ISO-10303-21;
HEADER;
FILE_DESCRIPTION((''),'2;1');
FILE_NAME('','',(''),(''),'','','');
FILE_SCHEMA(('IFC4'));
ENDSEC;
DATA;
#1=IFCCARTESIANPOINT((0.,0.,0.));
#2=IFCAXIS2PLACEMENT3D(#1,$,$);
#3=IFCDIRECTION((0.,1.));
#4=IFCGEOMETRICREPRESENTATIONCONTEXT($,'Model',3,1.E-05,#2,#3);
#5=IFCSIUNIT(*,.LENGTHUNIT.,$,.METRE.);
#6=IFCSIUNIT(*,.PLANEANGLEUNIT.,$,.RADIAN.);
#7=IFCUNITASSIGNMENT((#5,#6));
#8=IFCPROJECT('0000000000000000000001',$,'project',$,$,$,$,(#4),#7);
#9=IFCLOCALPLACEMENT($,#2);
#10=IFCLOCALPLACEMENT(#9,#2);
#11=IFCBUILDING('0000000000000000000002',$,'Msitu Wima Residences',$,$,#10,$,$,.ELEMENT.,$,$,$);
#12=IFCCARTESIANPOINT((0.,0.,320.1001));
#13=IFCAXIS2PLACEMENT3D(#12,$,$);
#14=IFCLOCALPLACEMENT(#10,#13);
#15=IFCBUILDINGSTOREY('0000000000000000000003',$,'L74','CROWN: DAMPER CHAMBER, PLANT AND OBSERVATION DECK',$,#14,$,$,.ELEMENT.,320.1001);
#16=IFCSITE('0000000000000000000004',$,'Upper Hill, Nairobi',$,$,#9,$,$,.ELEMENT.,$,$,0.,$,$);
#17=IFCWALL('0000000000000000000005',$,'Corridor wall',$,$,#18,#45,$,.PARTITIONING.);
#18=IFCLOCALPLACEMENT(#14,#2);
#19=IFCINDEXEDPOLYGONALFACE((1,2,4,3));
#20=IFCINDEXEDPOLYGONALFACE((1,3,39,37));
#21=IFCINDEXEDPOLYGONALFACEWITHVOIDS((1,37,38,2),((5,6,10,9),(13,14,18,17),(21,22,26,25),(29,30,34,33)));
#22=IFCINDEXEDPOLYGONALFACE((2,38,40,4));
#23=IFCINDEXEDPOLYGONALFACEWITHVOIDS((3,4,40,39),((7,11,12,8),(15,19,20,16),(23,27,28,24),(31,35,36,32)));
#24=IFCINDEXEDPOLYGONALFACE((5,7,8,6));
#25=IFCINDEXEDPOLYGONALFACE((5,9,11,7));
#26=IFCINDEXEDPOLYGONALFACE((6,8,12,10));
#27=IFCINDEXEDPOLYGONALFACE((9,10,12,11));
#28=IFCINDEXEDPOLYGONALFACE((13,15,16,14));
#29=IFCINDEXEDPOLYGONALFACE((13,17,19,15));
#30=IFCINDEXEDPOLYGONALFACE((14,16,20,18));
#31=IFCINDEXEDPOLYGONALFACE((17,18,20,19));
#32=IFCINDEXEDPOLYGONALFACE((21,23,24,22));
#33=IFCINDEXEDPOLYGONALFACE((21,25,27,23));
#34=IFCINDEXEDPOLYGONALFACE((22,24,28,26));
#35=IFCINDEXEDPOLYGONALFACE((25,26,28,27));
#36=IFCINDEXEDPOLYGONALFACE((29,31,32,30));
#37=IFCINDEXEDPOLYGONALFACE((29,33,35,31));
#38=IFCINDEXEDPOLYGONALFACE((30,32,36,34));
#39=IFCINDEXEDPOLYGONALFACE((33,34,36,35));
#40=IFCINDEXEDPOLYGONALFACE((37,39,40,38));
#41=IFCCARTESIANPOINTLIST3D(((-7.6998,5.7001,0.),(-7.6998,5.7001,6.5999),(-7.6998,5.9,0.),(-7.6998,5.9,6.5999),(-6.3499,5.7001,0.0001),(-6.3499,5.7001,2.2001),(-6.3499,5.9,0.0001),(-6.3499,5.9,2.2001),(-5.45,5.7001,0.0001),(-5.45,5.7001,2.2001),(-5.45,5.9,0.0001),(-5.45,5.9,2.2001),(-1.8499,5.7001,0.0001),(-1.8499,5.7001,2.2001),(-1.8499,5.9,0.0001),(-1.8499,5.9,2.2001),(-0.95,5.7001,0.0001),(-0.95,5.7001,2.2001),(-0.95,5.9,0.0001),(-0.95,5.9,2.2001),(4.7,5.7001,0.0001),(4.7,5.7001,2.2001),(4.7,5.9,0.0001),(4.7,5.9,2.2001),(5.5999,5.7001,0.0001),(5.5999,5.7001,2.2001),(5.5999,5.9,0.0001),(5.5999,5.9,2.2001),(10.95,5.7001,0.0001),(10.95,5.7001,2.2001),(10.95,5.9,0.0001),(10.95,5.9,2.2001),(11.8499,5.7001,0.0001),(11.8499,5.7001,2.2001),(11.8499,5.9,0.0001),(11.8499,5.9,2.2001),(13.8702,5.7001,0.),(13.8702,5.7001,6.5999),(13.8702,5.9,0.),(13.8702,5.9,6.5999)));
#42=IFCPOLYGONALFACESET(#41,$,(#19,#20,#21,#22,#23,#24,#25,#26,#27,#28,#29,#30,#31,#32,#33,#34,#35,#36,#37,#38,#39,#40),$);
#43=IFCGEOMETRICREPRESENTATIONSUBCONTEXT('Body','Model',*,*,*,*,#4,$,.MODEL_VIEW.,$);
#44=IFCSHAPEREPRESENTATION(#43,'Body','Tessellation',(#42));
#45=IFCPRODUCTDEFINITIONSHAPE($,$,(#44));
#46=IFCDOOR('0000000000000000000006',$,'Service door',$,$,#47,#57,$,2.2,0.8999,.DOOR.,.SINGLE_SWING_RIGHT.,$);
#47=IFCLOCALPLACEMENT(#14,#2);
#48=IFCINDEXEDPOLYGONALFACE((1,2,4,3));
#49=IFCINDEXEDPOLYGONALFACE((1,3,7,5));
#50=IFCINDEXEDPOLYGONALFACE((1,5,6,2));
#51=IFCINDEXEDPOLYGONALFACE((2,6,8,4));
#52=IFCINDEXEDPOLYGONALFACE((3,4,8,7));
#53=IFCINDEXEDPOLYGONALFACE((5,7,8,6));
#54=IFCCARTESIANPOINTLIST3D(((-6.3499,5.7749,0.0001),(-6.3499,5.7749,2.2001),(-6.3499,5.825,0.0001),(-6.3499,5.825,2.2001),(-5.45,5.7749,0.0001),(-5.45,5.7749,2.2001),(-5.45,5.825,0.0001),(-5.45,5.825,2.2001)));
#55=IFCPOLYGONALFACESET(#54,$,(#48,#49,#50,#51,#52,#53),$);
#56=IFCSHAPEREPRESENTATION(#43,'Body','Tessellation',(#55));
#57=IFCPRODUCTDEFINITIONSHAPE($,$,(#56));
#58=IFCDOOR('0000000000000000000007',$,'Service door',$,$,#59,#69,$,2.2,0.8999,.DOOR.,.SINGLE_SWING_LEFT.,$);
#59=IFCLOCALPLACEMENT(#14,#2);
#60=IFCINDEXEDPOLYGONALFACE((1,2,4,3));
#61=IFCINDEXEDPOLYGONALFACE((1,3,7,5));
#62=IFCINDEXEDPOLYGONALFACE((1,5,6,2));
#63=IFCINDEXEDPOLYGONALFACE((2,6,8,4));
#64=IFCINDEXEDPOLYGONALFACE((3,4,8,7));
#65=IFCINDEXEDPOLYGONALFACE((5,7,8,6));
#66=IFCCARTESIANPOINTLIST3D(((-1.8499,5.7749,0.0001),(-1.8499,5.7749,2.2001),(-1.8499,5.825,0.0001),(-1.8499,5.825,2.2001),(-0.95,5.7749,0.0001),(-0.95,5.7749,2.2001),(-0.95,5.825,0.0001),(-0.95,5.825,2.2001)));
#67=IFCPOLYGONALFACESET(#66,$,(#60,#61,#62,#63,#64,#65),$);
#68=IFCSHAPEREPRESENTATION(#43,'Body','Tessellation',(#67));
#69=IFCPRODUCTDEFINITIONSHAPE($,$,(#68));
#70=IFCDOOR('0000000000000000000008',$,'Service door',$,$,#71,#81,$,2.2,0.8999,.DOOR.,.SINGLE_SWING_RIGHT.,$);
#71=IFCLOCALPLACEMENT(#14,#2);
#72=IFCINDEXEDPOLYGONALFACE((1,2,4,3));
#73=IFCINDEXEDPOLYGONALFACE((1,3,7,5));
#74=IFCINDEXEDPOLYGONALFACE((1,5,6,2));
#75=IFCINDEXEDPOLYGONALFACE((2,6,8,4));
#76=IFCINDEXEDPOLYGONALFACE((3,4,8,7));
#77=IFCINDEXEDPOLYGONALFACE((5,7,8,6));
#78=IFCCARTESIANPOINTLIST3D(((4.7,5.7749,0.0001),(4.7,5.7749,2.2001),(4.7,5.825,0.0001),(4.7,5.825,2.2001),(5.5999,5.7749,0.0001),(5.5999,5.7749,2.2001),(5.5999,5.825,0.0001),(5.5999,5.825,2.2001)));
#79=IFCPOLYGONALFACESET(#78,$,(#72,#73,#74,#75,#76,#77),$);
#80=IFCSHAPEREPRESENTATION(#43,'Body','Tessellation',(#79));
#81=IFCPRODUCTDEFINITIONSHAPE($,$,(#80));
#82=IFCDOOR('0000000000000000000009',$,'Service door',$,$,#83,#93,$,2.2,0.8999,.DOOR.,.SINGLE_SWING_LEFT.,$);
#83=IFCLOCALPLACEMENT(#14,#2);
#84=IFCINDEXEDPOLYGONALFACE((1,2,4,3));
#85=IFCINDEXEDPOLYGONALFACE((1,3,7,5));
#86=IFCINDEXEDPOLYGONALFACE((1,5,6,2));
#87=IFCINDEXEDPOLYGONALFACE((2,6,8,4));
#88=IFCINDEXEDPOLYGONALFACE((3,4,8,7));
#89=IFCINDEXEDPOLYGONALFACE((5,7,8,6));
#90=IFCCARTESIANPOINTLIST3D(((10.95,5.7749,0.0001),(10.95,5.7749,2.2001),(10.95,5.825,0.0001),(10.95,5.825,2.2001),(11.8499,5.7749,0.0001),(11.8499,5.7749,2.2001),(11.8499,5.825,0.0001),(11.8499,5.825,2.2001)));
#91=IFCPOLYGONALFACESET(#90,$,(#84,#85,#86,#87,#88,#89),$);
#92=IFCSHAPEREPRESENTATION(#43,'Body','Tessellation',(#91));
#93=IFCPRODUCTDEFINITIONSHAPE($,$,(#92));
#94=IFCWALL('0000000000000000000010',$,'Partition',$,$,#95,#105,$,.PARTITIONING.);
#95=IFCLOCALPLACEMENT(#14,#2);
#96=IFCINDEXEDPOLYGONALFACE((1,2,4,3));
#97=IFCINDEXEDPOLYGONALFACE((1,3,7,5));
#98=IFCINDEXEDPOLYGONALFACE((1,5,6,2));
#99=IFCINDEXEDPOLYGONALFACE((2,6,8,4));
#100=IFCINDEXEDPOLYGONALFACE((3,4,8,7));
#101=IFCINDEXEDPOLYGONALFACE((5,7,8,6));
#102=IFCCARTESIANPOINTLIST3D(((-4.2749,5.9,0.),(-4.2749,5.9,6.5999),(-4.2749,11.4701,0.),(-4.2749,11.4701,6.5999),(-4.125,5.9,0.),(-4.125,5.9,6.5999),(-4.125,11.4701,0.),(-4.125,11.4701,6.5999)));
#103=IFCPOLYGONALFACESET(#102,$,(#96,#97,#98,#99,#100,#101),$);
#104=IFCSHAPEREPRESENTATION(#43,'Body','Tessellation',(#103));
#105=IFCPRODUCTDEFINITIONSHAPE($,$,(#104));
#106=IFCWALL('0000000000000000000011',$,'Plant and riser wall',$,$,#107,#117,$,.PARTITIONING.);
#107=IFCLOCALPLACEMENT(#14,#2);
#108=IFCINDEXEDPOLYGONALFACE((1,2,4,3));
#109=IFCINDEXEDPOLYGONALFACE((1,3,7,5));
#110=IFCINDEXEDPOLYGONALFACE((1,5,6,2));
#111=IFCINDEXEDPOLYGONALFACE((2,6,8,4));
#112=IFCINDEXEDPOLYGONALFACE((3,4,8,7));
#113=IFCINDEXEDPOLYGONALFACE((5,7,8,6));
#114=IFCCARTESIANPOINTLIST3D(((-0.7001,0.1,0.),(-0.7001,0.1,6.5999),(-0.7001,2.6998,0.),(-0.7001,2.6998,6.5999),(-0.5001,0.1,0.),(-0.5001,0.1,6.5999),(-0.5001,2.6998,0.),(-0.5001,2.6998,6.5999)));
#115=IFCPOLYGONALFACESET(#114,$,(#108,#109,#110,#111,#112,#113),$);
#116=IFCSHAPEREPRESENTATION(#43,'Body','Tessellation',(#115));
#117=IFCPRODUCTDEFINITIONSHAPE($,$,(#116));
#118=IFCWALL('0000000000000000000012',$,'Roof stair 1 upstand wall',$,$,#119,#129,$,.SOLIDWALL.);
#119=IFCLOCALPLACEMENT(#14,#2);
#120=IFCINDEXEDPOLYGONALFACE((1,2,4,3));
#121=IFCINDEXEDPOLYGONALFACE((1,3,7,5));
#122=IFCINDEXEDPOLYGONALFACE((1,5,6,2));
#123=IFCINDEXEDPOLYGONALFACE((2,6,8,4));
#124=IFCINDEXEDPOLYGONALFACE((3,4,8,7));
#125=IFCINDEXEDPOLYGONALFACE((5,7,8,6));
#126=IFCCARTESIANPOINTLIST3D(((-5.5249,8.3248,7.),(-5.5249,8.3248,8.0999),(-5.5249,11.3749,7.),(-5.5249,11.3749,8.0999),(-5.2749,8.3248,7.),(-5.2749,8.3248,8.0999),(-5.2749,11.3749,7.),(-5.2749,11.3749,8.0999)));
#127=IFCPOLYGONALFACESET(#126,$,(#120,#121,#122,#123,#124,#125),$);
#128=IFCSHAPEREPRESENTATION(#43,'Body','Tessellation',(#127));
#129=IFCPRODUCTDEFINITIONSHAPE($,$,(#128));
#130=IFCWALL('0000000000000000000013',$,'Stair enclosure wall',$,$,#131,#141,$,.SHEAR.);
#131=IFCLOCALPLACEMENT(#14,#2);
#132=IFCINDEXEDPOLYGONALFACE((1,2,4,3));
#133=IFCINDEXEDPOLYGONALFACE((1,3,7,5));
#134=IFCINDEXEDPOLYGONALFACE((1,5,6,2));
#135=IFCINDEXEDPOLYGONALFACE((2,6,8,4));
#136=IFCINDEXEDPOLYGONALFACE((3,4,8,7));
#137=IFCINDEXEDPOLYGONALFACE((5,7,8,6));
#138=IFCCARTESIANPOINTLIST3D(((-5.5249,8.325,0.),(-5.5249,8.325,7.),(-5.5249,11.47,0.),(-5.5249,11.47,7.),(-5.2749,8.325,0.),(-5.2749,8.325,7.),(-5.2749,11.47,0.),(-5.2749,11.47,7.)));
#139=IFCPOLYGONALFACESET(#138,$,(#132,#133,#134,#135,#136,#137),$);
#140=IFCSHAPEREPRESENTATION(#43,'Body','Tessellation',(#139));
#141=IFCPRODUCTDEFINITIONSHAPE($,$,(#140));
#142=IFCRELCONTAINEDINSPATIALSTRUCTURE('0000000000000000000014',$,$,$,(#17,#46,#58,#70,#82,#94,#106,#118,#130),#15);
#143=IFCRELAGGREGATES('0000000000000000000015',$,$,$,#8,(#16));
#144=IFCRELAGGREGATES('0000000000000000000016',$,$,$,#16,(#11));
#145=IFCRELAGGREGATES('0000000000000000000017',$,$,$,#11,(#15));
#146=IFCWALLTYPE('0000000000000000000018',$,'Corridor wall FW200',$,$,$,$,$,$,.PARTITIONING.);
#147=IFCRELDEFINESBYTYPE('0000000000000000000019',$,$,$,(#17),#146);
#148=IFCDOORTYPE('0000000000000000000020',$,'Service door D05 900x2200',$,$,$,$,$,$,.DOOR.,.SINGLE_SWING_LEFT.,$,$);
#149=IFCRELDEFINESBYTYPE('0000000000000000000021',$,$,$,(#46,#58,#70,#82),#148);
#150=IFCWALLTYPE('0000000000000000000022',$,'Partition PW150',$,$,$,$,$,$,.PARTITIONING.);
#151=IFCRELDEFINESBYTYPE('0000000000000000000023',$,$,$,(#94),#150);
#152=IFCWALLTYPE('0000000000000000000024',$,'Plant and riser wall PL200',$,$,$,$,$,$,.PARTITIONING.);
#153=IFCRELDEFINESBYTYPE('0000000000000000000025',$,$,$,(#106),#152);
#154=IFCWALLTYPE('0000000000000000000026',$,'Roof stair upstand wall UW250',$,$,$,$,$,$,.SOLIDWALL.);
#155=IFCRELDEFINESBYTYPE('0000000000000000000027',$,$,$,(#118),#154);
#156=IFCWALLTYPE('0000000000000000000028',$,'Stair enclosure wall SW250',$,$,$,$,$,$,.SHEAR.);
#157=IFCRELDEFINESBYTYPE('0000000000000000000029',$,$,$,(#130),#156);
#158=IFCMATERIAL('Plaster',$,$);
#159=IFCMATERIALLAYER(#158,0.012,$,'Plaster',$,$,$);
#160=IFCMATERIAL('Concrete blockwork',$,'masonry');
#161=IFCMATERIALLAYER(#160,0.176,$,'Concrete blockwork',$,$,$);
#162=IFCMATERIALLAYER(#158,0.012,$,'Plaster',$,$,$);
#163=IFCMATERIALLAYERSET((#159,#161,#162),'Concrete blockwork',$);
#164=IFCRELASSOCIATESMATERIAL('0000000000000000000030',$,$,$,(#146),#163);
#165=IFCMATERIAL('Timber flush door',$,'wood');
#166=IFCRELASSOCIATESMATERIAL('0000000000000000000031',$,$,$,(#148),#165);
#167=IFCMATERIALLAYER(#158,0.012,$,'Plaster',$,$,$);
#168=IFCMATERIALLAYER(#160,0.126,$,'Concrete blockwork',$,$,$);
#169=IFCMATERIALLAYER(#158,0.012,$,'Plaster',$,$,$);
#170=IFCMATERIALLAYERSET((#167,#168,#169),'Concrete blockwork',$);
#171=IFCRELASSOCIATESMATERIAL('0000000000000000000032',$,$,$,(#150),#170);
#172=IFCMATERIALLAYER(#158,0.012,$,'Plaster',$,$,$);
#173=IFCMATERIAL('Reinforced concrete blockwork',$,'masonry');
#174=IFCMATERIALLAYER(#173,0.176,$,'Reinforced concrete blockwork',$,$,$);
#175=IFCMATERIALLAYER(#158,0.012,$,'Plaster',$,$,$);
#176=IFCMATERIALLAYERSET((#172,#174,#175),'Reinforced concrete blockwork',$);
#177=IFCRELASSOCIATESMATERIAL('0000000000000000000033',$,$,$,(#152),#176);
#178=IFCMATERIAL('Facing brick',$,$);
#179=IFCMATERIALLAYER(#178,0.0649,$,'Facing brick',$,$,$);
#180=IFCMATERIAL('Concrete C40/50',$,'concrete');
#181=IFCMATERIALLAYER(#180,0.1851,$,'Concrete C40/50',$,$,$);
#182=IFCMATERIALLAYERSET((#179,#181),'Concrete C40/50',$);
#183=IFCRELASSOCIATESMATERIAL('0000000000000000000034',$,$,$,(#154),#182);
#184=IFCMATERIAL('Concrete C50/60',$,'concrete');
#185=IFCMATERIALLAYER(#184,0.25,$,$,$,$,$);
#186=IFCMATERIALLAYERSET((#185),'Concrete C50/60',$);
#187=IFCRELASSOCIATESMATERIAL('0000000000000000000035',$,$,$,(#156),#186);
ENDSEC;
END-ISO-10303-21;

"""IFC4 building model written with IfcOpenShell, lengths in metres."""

from ifc_helpers import new_model, si_unit, direction, frame, frame_2d, origin, place, context, subcontext, project, spatial, rectangle, extrude, material, layer, layer_set, type_object, element, fill, save


model = new_model("IFC4")

# Units and contexts
model_context = context("Model", 3, precision=1e-05, world=origin(), true_north=direction((0.0, 1.0)))
body_context = subcontext(model_context, "Body", "Model", "MODEL_VIEW")
ifc_project = project(units=[si_unit("LENGTHUNIT", "METRE"), si_unit("PLANEANGLEUNIT", "RADIAN")], contexts=[model_context])

# Site, building, storey
site_placement = place(None, origin())
site = spatial("IfcSite", under=ifc_project, at=site_placement, Name="Upper Hill, Nairobi", CompositionType="ELEMENT", RefElevation=0.0)
building_placement = place(site_placement, origin())
building = spatial("IfcBuilding", under=site, at=building_placement, Name="Msitu Wima Residences", CompositionType="ELEMENT")
storey_placement = place(building_placement, frame((0.0, 0.0, 320.1001)))
storey = spatial("IfcBuildingStorey", under=building, at=storey_placement, Name="L74", Description="CROWN: DAMPER CHAMBER, PLANT AND OBSERVATION DECK", CompositionType="ELEMENT", Elevation=320.1001)

# Shared definitions
ifc_material_1 = material(Name="Concrete C40/50", Category="concrete")

# Shared definitions
ifc_material_2 = material(Name="Plaster")
ifc_layer_1 = layer(ifc_material_2, 0.012, Name="Plaster")
ifc_material_3 = material(Name="Concrete blockwork", Category="masonry")
ifc_layer_2 = layer(ifc_material_3, 0.176, Name="Concrete blockwork")
ifc_layer_3 = layer(ifc_material_2, 0.012, Name="Plaster")
ifc_layer_set_1 = layer_set([ifc_layer_1, ifc_layer_2, ifc_layer_3], Name="Concrete blockwork")
wall_type_1 = type_object("IfcWallType", Name="Corridor wall FW200", PredefinedType="PARTITIONING", material=ifc_layer_set_1)

# Wall, openings, doors
wall_1_placement = place(storey_placement, frame((-7.7, 5.8, 0.0), z_axis=(0.0, 0.0, 1.0), x_axis=(1.0, 0.0, 0.0)))
wall_1 = element("IfcWall", 1, at=wall_1_placement, inside=storey, type_object=wall_type_1, Name="Corridor wall", PredefinedType="PARTITIONING", context=body_context, shape_type="SweptSolid", body=[
    extrude(rectangle(XDim=21.5701, YDim=0.2, at=frame_2d((10.7852, 0.0))), origin(), (0.0, 0.0, 1.0), 6.5999),
])
opening_1_placement = place(wall_1_placement, frame((1.3501, 0.0, 0.0)))
opening_1 = element("IfcOpeningElement", 2, at=opening_1_placement, cuts=wall_1, PredefinedType="OPENING", context=body_context, shape_type="SweptSolid", body=[
    extrude(rectangle(XDim=0.8999, YDim=2.2, at=frame_2d((0.45, 1.1001))), frame((0.0, 0.1099, 0.0), z_axis=(0.0, -1.0, 0.0), x_axis=(1.0, 0.0, 0.0)), (0.0, 0.0, 1.0), 0.22),
])
opening_2_placement = place(wall_1_placement, frame((5.8501, 0.0, 0.0)))
opening_2 = element("IfcOpeningElement", 3, at=opening_2_placement, cuts=wall_1, PredefinedType="OPENING", context=body_context, shape_type="SweptSolid", body=[
    extrude(rectangle(XDim=0.8999, YDim=2.2, at=frame_2d((0.45, 1.1001))), frame((0.0, 0.1099, 0.0), z_axis=(0.0, -1.0, 0.0), x_axis=(1.0, 0.0, 0.0)), (0.0, 0.0, 1.0), 0.22),
])
opening_3_placement = place(wall_1_placement, frame((12.3999, 0.0, 0.0)))
opening_3 = element("IfcOpeningElement", 4, at=opening_3_placement, cuts=wall_1, PredefinedType="OPENING", context=body_context, shape_type="SweptSolid", body=[
    extrude(rectangle(XDim=0.8999, YDim=2.2, at=frame_2d((0.45, 1.1001))), frame((0.0, 0.1099, 0.0), z_axis=(0.0, -1.0, 0.0), x_axis=(1.0, 0.0, 0.0)), (0.0, 0.0, 1.0), 0.22),
])
opening_4_placement = place(wall_1_placement, frame((18.6499, 0.0, 0.0)))
opening_4 = element("IfcOpeningElement", 5, at=opening_4_placement, cuts=wall_1, PredefinedType="OPENING", context=body_context, shape_type="SweptSolid", body=[
    extrude(rectangle(XDim=0.8999, YDim=2.2, at=frame_2d((0.45, 1.1001))), frame((0.0, 0.1099, 0.0), z_axis=(0.0, -1.0, 0.0), x_axis=(1.0, 0.0, 0.0)), (0.0, 0.0, 1.0), 0.22),
])
ifc_material_4 = material(Name="Timber flush door", Category="wood")
door_type_1 = type_object("IfcDoorType", Name="Service door D05 900x2200", OperationType="SINGLE_SWING_LEFT", PredefinedType="DOOR", material=ifc_material_4)
door_1_placement = place(opening_1_placement, origin())
door_1 = element("IfcDoor", 6, at=door_1_placement, inside=storey, type_object=door_type_1, Name="Service door", OperationType="SINGLE_SWING_RIGHT", OverallHeight=2.2, OverallWidth=0.8999, PredefinedType="DOOR", context=body_context, shape_type="SweptSolid", body=[
    extrude(rectangle(XDim=0.8999, YDim=2.2, at=frame_2d((0.45, 1.1001))), frame((0.0, 0.0249, 0.0), z_axis=(0.0, -1.0, 0.0), x_axis=(1.0, 0.0, 0.0)), (0.0, 0.0, 1.0), 0.05),
])
fill(opening_1, door_1)
door_2_placement = place(opening_2_placement, origin())
door_2 = element("IfcDoor", 7, at=door_2_placement, inside=storey, type_object=door_type_1, Name="Service door", OperationType="SINGLE_SWING_LEFT", OverallHeight=2.2, OverallWidth=0.8999, PredefinedType="DOOR", context=body_context, shape_type="SweptSolid", body=[
    extrude(rectangle(XDim=0.8999, YDim=2.2, at=frame_2d((0.45, 1.1001))), frame((0.0, 0.0249, 0.0), z_axis=(0.0, -1.0, 0.0), x_axis=(1.0, 0.0, 0.0)), (0.0, 0.0, 1.0), 0.05),
])
fill(opening_2, door_2)
door_3_placement = place(opening_3_placement, origin())
door_3 = element("IfcDoor", 8, at=door_3_placement, inside=storey, type_object=door_type_1, Name="Service door", OperationType="SINGLE_SWING_RIGHT", OverallHeight=2.2, OverallWidth=0.8999, PredefinedType="DOOR", context=body_context, shape_type="SweptSolid", body=[
    extrude(rectangle(XDim=0.8999, YDim=2.2, at=frame_2d((0.45, 1.1001))), frame((0.0, 0.0249, 0.0), z_axis=(0.0, -1.0, 0.0), x_axis=(1.0, 0.0, 0.0)), (0.0, 0.0, 1.0), 0.05),
])
fill(opening_3, door_3)
door_4_placement = place(opening_4_placement, origin())
door_4 = element("IfcDoor", 9, at=door_4_placement, inside=storey, type_object=door_type_1, Name="Service door", OperationType="SINGLE_SWING_LEFT", OverallHeight=2.2, OverallWidth=0.8999, PredefinedType="DOOR", context=body_context, shape_type="SweptSolid", body=[
    extrude(rectangle(XDim=0.8999, YDim=2.2, at=frame_2d((0.45, 1.1001))), frame((0.0, 0.0249, 0.0), z_axis=(0.0, -1.0, 0.0), x_axis=(1.0, 0.0, 0.0)), (0.0, 0.0, 1.0), 0.05),
])
fill(opening_4, door_4)

# Walls
ifc_layer_4 = layer(ifc_material_2, 0.012, Name="Plaster")
ifc_layer_5 = layer(ifc_material_3, 0.126, Name="Concrete blockwork")
ifc_layer_6 = layer(ifc_material_2, 0.012, Name="Plaster")
ifc_layer_set_2 = layer_set([ifc_layer_4, ifc_layer_5, ifc_layer_6], Name="Concrete blockwork")
wall_type_2 = type_object("IfcWallType", Name="Partition PW150", PredefinedType="PARTITIONING", material=ifc_layer_set_2)
wall_2_placement = place(storey_placement, frame((-4.2, 5.8999, 0.0), z_axis=(0.0, 0.0, 1.0), x_axis=(0.0, 1.0, 0.0)))
element("IfcWall", 10, at=wall_2_placement, inside=storey, type_object=wall_type_2, Name="Partition", PredefinedType="PARTITIONING", context=body_context, shape_type="SweptSolid", body=[
    extrude(rectangle(XDim=5.5701, YDim=0.1499, at=frame_2d((2.7852, 0.0))), origin(), (0.0, 0.0, 1.0), 6.5999),
])
ifc_layer_7 = layer(ifc_material_2, 0.012, Name="Plaster")
ifc_material_5 = material(Name="Reinforced concrete blockwork", Category="masonry")
ifc_layer_8 = layer(ifc_material_5, 0.176, Name="Reinforced concrete blockwork")
ifc_layer_9 = layer(ifc_material_2, 0.012, Name="Plaster")
ifc_layer_set_3 = layer_set([ifc_layer_7, ifc_layer_8, ifc_layer_9], Name="Reinforced concrete blockwork")
wall_type_3 = type_object("IfcWallType", Name="Plant and riser wall PL200", PredefinedType="PARTITIONING", material=ifc_layer_set_3)
wall_3_placement = place(storey_placement, frame((-0.6001, 0.1001, 0.0), z_axis=(0.0, 0.0, 1.0), x_axis=(0.0, 1.0, 0.0)))
element("IfcWall", 11, at=wall_3_placement, inside=storey, type_object=wall_type_3, Name="Plant and riser wall", PredefinedType="PARTITIONING", context=body_context, shape_type="SweptSolid", body=[
    extrude(rectangle(XDim=2.5999, YDim=0.2, at=frame_2d((1.2998, 0.0))), origin(), (0.0, 0.0, 1.0), 6.5999),
])
ifc_material_6 = material(Name="Facing brick")
ifc_layer_10 = layer(ifc_material_6, 0.0649, Name="Facing brick")
ifc_layer_11 = layer(ifc_material_1, 0.1851, Name="Concrete C40/50")
ifc_layer_set_4 = layer_set([ifc_layer_10, ifc_layer_11], Name="Concrete C40/50")
wall_type_4 = type_object("IfcWallType", Name="Roof stair upstand wall UW250", PredefinedType="SOLIDWALL", material=ifc_layer_set_4)
wall_4_placement = place(storey_placement, frame((-5.3999, 8.325, 7.0), z_axis=(0.0, 0.0, 1.0), x_axis=(0.0, 1.0, 0.0)))
element("IfcWall", 12, at=wall_4_placement, inside=storey, type_object=wall_type_4, Name="Roof stair 1 upstand wall", PredefinedType="SOLIDWALL", context=body_context, shape_type="SweptSolid", body=[
    extrude(rectangle(XDim=3.05, YDim=0.25, at=frame_2d((1.5249, 0.0))), origin(), (0.0, 0.0, 1.0), 1.0999),
])
ifc_material_7 = material(Name="Concrete C50/60", Category="concrete")
ifc_layer_12 = layer(ifc_material_7, 0.25)
ifc_layer_set_5 = layer_set([ifc_layer_12], Name="Concrete C50/60")
wall_type_5 = type_object("IfcWallType", Name="Stair enclosure wall SW250", PredefinedType="SHEAR", material=ifc_layer_set_5)
wall_5_placement = place(storey_placement, frame((-5.3999, 8.325, 0.0), z_axis=(0.0, 0.0, 1.0), x_axis=(0.0, 1.0, 0.0)))
element("IfcWall", 13, at=wall_5_placement, inside=storey, type_object=wall_type_5, Name="Stair enclosure wall", PredefinedType="SHEAR", context=body_context, shape_type="SweptSolid", body=[
    extrude(rectangle(XDim=3.145, YDim=0.25, at=frame_2d((1.5725, 0.0))), origin(), (0.0, 0.0, 1.0), 7.0),
])

save(model, "model.ifc")
